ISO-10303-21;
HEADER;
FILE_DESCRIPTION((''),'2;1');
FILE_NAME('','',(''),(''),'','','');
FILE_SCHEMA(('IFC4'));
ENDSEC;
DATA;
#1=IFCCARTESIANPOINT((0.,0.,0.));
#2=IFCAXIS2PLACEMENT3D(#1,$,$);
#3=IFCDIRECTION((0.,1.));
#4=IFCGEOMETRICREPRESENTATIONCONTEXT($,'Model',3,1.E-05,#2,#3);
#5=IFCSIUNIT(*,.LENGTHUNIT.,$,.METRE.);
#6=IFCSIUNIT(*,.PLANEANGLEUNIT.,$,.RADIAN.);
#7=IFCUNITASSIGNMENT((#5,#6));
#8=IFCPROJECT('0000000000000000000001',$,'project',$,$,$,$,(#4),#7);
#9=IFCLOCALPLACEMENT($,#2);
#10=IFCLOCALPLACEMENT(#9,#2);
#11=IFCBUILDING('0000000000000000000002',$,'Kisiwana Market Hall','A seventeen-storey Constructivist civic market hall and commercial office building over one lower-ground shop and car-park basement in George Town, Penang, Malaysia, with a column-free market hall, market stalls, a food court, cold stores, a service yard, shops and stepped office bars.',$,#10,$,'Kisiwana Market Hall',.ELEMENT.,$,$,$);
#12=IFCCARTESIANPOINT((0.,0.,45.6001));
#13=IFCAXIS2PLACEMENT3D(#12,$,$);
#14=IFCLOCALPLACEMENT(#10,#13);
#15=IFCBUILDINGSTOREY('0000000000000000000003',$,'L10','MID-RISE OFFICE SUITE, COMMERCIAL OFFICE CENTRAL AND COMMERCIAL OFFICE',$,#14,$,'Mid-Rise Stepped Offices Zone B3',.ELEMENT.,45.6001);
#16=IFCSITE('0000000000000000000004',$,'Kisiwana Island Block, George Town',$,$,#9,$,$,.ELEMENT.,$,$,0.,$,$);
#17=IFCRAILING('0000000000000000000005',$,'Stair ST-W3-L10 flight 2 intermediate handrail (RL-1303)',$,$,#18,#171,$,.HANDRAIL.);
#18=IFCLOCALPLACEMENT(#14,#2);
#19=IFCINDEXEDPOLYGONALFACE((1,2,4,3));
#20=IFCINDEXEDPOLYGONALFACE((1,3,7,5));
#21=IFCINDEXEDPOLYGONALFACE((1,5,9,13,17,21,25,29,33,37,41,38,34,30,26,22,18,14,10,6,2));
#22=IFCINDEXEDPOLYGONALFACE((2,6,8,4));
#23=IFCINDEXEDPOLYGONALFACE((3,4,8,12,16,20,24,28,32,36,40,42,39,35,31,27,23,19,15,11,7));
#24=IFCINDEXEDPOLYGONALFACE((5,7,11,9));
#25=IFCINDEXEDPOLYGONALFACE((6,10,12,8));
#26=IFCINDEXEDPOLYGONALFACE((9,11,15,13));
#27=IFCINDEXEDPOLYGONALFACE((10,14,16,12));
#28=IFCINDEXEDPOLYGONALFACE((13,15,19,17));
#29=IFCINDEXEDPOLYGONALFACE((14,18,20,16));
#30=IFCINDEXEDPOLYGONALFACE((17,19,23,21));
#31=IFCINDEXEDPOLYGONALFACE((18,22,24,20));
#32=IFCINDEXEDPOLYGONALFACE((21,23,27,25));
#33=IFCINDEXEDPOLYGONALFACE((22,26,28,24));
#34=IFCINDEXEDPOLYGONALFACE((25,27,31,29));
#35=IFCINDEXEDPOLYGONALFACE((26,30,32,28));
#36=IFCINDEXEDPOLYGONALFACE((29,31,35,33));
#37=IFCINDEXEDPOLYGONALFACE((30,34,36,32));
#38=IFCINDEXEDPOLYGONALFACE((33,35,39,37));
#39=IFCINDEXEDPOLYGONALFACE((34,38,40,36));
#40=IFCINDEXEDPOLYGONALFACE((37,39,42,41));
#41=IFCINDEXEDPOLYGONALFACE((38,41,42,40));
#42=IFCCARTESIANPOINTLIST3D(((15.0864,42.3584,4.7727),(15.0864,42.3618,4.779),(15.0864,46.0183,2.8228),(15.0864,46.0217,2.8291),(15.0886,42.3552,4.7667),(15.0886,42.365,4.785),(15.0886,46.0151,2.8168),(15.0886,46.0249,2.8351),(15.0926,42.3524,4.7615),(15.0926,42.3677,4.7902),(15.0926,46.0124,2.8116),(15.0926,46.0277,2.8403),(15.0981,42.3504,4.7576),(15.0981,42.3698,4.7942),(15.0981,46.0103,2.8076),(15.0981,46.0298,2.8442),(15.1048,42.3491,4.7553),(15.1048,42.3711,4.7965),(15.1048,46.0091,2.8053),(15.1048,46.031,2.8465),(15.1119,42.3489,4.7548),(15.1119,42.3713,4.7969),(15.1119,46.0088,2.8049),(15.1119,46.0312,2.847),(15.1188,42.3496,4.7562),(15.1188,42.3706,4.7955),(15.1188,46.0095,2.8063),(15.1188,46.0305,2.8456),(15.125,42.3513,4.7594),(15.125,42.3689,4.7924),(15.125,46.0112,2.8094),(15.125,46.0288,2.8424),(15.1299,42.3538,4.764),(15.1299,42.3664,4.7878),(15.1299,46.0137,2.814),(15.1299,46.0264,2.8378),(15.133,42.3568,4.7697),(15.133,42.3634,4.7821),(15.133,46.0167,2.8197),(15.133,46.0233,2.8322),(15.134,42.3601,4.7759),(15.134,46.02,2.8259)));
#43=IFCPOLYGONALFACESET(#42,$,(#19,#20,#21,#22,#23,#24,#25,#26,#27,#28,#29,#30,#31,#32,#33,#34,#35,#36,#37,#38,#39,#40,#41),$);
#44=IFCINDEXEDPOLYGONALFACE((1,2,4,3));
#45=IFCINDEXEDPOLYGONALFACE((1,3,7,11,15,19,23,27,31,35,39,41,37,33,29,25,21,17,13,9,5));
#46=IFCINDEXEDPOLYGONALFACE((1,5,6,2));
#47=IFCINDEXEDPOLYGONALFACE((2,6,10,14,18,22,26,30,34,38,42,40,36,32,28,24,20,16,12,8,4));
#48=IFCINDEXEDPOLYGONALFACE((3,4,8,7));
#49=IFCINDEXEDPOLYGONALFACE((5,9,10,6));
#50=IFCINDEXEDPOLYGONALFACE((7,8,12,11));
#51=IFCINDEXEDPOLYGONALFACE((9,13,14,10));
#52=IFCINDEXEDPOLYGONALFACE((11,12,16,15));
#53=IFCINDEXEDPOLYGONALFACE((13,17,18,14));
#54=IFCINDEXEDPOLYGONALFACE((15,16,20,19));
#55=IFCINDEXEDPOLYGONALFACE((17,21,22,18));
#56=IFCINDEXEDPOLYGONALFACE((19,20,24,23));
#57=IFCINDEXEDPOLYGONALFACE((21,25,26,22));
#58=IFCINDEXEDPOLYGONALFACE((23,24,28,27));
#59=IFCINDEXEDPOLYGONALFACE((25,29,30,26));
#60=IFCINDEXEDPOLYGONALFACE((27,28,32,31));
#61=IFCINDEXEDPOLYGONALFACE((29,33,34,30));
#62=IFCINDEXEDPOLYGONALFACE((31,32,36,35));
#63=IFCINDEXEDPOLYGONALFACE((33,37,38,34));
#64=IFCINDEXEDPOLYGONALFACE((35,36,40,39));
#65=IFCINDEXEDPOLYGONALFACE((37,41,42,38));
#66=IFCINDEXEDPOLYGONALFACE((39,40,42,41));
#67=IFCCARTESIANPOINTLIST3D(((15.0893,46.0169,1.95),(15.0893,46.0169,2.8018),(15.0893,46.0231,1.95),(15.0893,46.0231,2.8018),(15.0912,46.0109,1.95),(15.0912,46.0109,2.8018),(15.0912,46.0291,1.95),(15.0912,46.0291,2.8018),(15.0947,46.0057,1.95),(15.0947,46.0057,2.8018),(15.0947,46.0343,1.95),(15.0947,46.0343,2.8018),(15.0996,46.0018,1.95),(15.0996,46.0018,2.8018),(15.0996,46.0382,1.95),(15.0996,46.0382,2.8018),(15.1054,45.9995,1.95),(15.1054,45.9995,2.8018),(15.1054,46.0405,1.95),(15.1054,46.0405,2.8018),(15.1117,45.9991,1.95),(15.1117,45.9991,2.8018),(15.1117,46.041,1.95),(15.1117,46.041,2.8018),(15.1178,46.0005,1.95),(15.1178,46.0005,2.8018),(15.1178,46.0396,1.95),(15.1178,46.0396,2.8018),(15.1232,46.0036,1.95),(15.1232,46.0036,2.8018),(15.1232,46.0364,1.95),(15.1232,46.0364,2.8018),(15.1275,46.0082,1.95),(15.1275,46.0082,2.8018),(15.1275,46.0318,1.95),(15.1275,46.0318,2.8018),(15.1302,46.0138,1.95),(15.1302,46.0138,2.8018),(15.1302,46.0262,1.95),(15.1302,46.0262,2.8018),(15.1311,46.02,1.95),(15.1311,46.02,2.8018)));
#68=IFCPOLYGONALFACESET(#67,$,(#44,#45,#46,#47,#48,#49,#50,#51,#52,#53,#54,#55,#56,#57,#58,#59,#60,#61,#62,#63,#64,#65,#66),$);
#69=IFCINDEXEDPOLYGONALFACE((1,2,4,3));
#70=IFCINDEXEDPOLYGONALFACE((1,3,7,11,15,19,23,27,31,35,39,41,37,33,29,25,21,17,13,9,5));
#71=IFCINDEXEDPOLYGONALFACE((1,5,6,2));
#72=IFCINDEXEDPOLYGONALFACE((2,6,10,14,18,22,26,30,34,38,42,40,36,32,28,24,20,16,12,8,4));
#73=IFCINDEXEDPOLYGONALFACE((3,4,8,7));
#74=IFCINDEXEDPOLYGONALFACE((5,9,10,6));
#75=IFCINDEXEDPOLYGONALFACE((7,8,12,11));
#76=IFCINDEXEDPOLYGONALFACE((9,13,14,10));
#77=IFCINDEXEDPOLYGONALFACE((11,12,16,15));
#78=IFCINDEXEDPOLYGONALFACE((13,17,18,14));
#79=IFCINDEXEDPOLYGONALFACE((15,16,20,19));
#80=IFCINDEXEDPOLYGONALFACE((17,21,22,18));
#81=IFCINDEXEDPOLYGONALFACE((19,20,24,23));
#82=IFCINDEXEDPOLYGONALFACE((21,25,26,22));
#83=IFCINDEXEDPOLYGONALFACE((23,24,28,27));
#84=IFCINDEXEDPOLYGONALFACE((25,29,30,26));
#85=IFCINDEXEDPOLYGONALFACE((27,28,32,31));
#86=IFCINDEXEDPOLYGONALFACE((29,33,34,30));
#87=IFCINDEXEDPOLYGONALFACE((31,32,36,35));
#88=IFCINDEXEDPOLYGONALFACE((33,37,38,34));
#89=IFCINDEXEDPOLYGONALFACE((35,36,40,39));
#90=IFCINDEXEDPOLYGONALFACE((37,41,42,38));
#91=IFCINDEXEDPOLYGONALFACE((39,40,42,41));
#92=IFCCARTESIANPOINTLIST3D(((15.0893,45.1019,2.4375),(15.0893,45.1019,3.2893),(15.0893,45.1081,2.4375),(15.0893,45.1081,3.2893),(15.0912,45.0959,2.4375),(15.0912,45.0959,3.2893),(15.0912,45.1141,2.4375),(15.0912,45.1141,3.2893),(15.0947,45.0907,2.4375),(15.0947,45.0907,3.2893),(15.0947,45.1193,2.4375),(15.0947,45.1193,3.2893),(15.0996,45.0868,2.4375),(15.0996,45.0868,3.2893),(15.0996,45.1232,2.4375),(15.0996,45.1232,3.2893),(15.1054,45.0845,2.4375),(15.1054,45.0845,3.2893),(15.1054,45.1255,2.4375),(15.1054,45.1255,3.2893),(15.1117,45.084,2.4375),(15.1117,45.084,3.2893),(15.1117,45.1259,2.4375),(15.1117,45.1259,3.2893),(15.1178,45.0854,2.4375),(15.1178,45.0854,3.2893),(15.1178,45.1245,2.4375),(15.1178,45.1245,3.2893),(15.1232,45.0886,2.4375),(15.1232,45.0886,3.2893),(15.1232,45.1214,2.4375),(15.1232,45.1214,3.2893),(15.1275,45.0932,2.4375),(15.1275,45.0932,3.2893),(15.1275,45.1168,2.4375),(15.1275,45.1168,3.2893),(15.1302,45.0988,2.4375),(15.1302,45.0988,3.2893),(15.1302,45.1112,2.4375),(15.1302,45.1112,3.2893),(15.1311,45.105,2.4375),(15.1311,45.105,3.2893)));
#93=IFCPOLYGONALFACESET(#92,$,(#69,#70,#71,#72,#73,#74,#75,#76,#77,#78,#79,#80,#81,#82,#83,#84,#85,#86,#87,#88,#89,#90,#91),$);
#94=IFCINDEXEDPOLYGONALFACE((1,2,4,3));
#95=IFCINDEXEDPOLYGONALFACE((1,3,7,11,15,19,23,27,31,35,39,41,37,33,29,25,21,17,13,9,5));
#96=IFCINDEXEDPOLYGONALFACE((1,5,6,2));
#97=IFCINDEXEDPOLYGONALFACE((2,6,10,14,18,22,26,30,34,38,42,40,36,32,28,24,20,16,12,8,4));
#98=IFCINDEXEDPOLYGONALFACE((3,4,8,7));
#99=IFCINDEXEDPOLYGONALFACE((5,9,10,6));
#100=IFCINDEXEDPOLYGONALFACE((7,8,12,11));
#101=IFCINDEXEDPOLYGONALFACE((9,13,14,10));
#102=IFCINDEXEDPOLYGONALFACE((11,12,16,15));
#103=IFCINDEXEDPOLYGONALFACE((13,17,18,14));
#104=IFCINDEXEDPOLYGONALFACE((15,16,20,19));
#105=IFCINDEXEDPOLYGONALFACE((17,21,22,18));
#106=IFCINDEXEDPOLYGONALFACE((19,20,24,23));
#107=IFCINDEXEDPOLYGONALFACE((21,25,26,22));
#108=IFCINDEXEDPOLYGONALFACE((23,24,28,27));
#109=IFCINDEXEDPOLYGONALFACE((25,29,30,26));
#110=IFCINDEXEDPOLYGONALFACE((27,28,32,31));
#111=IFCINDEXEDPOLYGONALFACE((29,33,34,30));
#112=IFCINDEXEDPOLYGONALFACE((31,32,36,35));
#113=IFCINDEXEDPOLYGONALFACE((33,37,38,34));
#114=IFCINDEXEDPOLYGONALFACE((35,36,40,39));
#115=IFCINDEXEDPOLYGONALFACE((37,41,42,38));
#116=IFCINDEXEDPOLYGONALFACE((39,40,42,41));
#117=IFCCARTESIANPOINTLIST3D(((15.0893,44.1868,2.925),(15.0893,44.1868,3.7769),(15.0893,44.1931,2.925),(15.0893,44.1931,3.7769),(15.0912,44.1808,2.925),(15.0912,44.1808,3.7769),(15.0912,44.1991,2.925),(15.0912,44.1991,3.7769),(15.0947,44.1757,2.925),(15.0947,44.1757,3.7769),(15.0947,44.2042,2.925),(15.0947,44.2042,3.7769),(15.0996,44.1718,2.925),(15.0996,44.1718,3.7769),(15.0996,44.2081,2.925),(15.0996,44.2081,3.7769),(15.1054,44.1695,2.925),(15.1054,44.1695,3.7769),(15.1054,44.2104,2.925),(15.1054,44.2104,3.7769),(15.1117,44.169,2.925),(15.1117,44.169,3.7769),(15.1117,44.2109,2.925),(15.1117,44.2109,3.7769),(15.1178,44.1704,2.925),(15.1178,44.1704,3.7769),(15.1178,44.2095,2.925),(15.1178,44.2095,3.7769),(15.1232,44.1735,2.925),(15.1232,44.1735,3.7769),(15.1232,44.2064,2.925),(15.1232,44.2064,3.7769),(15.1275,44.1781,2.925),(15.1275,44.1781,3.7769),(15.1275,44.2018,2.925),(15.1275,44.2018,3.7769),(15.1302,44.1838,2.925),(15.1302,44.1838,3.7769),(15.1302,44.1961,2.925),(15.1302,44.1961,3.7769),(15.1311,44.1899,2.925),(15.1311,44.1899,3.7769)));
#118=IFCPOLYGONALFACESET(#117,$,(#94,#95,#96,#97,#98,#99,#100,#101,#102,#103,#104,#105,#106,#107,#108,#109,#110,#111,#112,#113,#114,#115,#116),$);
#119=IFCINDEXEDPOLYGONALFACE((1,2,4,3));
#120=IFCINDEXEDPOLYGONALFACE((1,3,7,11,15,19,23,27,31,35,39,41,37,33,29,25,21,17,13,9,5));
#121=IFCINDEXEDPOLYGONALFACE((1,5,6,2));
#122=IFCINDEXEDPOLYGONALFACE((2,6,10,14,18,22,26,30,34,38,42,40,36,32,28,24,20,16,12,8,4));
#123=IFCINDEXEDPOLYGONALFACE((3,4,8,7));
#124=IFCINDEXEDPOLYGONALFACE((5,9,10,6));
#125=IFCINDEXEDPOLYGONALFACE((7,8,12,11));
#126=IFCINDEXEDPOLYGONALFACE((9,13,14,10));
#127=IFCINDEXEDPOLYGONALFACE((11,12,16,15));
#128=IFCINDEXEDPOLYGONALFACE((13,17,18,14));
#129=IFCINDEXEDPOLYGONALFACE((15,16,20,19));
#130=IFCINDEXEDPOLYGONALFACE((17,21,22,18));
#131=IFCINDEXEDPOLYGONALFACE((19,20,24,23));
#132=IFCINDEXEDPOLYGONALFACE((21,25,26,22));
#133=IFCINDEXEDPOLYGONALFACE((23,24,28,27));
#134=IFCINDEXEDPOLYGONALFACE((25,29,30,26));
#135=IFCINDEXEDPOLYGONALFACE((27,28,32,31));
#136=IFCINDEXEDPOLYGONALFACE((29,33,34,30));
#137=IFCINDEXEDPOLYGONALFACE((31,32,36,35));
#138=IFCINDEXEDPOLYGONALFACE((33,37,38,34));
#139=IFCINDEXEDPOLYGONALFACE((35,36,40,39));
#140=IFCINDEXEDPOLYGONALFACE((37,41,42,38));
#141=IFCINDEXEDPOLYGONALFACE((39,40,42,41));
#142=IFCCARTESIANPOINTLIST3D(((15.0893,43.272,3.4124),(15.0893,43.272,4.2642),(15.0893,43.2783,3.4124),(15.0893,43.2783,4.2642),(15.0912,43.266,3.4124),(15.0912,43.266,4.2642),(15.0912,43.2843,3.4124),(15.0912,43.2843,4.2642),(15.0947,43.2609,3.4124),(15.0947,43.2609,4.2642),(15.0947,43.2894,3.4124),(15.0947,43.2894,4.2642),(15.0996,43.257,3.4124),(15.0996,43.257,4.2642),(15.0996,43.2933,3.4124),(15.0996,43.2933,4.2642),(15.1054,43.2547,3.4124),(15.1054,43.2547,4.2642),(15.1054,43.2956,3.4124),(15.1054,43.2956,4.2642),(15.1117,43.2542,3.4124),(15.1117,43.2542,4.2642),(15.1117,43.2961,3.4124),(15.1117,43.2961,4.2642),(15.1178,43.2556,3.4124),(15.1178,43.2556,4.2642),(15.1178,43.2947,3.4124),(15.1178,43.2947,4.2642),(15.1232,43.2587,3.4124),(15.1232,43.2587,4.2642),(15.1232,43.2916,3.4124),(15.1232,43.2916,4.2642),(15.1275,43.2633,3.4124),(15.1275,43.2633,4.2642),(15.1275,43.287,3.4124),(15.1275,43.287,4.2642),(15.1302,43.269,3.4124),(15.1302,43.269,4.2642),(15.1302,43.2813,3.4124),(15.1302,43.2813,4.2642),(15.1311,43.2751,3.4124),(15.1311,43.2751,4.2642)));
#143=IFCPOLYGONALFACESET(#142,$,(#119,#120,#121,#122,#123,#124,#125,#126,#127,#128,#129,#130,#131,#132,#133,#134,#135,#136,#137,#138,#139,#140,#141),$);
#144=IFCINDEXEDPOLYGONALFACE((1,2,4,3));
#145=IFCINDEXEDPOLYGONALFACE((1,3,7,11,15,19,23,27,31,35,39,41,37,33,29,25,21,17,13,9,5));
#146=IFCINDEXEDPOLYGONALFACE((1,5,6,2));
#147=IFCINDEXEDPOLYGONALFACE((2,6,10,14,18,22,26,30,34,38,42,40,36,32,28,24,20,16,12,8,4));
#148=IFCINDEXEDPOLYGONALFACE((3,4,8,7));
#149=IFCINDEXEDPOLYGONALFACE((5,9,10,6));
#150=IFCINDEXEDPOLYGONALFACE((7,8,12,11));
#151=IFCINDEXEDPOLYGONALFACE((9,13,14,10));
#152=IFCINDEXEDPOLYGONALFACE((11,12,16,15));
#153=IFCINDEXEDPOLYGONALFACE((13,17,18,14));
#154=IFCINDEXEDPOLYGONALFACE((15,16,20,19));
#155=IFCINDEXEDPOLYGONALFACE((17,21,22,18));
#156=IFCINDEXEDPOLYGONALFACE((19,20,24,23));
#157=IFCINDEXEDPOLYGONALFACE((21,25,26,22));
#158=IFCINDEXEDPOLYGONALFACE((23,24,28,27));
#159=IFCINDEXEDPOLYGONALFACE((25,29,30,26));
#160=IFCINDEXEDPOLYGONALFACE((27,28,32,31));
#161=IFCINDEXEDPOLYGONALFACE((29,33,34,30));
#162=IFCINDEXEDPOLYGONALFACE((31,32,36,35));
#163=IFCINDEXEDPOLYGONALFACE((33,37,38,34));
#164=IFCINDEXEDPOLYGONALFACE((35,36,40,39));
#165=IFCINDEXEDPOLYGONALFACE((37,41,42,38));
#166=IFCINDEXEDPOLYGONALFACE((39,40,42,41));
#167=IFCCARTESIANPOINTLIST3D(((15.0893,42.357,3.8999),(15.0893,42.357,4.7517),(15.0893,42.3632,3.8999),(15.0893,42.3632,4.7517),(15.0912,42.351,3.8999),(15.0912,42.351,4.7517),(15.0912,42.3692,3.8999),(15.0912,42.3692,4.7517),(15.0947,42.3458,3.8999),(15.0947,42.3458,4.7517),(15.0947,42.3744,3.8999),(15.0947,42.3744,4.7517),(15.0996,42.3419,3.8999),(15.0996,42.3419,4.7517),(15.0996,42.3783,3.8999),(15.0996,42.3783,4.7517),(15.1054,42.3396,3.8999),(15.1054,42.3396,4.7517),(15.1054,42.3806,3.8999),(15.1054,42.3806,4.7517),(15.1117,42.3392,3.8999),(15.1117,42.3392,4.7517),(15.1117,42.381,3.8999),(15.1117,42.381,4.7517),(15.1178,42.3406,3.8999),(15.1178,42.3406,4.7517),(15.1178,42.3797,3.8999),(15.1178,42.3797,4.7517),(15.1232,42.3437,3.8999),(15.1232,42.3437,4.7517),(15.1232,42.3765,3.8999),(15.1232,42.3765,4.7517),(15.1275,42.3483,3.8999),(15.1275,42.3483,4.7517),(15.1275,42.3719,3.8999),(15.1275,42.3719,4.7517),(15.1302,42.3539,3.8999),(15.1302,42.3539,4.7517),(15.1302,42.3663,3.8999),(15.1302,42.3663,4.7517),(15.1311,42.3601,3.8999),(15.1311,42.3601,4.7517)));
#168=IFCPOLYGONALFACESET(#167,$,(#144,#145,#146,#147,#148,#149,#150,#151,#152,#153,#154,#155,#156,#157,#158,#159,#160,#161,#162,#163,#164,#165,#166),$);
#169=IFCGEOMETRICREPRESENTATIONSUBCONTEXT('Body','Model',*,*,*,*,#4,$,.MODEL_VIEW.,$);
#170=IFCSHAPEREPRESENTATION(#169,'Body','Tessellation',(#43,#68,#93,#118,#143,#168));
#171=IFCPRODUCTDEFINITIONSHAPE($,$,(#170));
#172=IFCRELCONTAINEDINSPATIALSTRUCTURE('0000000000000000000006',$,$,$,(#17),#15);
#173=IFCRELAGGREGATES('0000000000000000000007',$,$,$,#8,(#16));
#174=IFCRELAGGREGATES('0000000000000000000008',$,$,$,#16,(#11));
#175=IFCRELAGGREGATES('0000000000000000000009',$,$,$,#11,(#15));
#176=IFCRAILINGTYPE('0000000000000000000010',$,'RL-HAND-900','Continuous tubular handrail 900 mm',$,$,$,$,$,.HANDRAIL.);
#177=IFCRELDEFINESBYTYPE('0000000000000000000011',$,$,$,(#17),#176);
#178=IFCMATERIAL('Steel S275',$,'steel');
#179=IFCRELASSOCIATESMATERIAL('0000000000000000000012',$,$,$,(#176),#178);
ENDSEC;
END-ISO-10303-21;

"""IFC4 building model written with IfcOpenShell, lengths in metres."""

from ifc_helpers import new_model, si_unit, direction, frame, origin, origin_2d, place, context, subcontext, project, spatial, circle, extrude, material, type_object, element, save


model = new_model("IFC4")

# Units and contexts
model_context = context("Model", 3, precision=1e-05, world=origin(), true_north=direction((0.0, 1.0)))
body_context = subcontext(model_context, "Body", "Model", "MODEL_VIEW")
ifc_project = project(units=[si_unit("LENGTHUNIT", "METRE"), si_unit("PLANEANGLEUNIT", "RADIAN")], contexts=[model_context])

# Site, building, storey
site_placement = place(None, origin())
site = spatial("IfcSite", under=ifc_project, at=site_placement, Name="Kisiwana Island Block, George Town", CompositionType="ELEMENT", RefElevation=0.0)
building_placement = place(site_placement, origin())
building = spatial("IfcBuilding", under=site, at=building_placement, Name="Kisiwana Market Hall", Description="A seventeen-storey Constructivist civic market hall and commercial office building over one lower-ground shop and car-park basement in George Town, Penang, Malaysia, with a column-free market hall, market stalls, a food court, cold stores, a service yard, shops and stepped office bars.", LongName="Kisiwana Market Hall", CompositionType="ELEMENT")
storey_placement = place(building_placement, frame((0.0, 0.0, 45.6001)))
storey = spatial("IfcBuildingStorey", under=building, at=storey_placement, Name="L10", Description="MID-RISE OFFICE SUITE, COMMERCIAL OFFICE CENTRAL AND COMMERCIAL OFFICE", LongName="Mid-Rise Stepped Offices Zone B3", CompositionType="ELEMENT", Elevation=45.6001)

# Railing
ifc_material_1 = material(Name="Steel S275", Category="steel")
railing_type_1 = type_object("IfcRailingType", Name="RL-HAND-900", Description="Continuous tubular handrail 900 mm", PredefinedType="HANDRAIL", material=ifc_material_1)
for number, where, name in (
    (1, (15.1101, 46.02, 1.95), "Stair ST-W3-L10 flight 2 intermediate handrail (RL-1303)"),
):
    element("IfcRailing", number, at=place(storey_placement, frame(where)), inside=storey, type_object=railing_type_1, Name=name, PredefinedType="HANDRAIL", context=body_context, shape_type="SweptSolid", body=[
        extrude(circle(Radius=0.0239, at=origin_2d()), frame((0.0, 0.0, 0.876), z_axis=(0.0, -0.882553, 0.470212), x_axis=(1.0, 0.0, 0.0)), (0.0, 0.0, 1.0), 4.147),
        extrude(circle(Radius=0.021, at=origin_2d()), origin(), (0.0, 0.0, 1.0), 0.8518),
        extrude(circle(Radius=0.021, at=origin_2d()), frame((0.0, -0.915, 0.4875)), (0.0, 0.0, 1.0), 0.8518),
        extrude(circle(Radius=0.021, at=origin_2d()), frame((0.0, -1.8301, 0.9751)), (0.0, 0.0, 1.0), 0.8518),
        extrude(circle(Radius=0.021, at=origin_2d()), frame((0.0, -2.7449, 1.4624)), (0.0, 0.0, 1.0), 0.8518),
        extrude(circle(Radius=0.021, at=origin_2d()), frame((0.0, -3.6599, 1.95)), (0.0, 0.0, 1.0), 0.8518),
    ])

save(model, "model.ifc")
